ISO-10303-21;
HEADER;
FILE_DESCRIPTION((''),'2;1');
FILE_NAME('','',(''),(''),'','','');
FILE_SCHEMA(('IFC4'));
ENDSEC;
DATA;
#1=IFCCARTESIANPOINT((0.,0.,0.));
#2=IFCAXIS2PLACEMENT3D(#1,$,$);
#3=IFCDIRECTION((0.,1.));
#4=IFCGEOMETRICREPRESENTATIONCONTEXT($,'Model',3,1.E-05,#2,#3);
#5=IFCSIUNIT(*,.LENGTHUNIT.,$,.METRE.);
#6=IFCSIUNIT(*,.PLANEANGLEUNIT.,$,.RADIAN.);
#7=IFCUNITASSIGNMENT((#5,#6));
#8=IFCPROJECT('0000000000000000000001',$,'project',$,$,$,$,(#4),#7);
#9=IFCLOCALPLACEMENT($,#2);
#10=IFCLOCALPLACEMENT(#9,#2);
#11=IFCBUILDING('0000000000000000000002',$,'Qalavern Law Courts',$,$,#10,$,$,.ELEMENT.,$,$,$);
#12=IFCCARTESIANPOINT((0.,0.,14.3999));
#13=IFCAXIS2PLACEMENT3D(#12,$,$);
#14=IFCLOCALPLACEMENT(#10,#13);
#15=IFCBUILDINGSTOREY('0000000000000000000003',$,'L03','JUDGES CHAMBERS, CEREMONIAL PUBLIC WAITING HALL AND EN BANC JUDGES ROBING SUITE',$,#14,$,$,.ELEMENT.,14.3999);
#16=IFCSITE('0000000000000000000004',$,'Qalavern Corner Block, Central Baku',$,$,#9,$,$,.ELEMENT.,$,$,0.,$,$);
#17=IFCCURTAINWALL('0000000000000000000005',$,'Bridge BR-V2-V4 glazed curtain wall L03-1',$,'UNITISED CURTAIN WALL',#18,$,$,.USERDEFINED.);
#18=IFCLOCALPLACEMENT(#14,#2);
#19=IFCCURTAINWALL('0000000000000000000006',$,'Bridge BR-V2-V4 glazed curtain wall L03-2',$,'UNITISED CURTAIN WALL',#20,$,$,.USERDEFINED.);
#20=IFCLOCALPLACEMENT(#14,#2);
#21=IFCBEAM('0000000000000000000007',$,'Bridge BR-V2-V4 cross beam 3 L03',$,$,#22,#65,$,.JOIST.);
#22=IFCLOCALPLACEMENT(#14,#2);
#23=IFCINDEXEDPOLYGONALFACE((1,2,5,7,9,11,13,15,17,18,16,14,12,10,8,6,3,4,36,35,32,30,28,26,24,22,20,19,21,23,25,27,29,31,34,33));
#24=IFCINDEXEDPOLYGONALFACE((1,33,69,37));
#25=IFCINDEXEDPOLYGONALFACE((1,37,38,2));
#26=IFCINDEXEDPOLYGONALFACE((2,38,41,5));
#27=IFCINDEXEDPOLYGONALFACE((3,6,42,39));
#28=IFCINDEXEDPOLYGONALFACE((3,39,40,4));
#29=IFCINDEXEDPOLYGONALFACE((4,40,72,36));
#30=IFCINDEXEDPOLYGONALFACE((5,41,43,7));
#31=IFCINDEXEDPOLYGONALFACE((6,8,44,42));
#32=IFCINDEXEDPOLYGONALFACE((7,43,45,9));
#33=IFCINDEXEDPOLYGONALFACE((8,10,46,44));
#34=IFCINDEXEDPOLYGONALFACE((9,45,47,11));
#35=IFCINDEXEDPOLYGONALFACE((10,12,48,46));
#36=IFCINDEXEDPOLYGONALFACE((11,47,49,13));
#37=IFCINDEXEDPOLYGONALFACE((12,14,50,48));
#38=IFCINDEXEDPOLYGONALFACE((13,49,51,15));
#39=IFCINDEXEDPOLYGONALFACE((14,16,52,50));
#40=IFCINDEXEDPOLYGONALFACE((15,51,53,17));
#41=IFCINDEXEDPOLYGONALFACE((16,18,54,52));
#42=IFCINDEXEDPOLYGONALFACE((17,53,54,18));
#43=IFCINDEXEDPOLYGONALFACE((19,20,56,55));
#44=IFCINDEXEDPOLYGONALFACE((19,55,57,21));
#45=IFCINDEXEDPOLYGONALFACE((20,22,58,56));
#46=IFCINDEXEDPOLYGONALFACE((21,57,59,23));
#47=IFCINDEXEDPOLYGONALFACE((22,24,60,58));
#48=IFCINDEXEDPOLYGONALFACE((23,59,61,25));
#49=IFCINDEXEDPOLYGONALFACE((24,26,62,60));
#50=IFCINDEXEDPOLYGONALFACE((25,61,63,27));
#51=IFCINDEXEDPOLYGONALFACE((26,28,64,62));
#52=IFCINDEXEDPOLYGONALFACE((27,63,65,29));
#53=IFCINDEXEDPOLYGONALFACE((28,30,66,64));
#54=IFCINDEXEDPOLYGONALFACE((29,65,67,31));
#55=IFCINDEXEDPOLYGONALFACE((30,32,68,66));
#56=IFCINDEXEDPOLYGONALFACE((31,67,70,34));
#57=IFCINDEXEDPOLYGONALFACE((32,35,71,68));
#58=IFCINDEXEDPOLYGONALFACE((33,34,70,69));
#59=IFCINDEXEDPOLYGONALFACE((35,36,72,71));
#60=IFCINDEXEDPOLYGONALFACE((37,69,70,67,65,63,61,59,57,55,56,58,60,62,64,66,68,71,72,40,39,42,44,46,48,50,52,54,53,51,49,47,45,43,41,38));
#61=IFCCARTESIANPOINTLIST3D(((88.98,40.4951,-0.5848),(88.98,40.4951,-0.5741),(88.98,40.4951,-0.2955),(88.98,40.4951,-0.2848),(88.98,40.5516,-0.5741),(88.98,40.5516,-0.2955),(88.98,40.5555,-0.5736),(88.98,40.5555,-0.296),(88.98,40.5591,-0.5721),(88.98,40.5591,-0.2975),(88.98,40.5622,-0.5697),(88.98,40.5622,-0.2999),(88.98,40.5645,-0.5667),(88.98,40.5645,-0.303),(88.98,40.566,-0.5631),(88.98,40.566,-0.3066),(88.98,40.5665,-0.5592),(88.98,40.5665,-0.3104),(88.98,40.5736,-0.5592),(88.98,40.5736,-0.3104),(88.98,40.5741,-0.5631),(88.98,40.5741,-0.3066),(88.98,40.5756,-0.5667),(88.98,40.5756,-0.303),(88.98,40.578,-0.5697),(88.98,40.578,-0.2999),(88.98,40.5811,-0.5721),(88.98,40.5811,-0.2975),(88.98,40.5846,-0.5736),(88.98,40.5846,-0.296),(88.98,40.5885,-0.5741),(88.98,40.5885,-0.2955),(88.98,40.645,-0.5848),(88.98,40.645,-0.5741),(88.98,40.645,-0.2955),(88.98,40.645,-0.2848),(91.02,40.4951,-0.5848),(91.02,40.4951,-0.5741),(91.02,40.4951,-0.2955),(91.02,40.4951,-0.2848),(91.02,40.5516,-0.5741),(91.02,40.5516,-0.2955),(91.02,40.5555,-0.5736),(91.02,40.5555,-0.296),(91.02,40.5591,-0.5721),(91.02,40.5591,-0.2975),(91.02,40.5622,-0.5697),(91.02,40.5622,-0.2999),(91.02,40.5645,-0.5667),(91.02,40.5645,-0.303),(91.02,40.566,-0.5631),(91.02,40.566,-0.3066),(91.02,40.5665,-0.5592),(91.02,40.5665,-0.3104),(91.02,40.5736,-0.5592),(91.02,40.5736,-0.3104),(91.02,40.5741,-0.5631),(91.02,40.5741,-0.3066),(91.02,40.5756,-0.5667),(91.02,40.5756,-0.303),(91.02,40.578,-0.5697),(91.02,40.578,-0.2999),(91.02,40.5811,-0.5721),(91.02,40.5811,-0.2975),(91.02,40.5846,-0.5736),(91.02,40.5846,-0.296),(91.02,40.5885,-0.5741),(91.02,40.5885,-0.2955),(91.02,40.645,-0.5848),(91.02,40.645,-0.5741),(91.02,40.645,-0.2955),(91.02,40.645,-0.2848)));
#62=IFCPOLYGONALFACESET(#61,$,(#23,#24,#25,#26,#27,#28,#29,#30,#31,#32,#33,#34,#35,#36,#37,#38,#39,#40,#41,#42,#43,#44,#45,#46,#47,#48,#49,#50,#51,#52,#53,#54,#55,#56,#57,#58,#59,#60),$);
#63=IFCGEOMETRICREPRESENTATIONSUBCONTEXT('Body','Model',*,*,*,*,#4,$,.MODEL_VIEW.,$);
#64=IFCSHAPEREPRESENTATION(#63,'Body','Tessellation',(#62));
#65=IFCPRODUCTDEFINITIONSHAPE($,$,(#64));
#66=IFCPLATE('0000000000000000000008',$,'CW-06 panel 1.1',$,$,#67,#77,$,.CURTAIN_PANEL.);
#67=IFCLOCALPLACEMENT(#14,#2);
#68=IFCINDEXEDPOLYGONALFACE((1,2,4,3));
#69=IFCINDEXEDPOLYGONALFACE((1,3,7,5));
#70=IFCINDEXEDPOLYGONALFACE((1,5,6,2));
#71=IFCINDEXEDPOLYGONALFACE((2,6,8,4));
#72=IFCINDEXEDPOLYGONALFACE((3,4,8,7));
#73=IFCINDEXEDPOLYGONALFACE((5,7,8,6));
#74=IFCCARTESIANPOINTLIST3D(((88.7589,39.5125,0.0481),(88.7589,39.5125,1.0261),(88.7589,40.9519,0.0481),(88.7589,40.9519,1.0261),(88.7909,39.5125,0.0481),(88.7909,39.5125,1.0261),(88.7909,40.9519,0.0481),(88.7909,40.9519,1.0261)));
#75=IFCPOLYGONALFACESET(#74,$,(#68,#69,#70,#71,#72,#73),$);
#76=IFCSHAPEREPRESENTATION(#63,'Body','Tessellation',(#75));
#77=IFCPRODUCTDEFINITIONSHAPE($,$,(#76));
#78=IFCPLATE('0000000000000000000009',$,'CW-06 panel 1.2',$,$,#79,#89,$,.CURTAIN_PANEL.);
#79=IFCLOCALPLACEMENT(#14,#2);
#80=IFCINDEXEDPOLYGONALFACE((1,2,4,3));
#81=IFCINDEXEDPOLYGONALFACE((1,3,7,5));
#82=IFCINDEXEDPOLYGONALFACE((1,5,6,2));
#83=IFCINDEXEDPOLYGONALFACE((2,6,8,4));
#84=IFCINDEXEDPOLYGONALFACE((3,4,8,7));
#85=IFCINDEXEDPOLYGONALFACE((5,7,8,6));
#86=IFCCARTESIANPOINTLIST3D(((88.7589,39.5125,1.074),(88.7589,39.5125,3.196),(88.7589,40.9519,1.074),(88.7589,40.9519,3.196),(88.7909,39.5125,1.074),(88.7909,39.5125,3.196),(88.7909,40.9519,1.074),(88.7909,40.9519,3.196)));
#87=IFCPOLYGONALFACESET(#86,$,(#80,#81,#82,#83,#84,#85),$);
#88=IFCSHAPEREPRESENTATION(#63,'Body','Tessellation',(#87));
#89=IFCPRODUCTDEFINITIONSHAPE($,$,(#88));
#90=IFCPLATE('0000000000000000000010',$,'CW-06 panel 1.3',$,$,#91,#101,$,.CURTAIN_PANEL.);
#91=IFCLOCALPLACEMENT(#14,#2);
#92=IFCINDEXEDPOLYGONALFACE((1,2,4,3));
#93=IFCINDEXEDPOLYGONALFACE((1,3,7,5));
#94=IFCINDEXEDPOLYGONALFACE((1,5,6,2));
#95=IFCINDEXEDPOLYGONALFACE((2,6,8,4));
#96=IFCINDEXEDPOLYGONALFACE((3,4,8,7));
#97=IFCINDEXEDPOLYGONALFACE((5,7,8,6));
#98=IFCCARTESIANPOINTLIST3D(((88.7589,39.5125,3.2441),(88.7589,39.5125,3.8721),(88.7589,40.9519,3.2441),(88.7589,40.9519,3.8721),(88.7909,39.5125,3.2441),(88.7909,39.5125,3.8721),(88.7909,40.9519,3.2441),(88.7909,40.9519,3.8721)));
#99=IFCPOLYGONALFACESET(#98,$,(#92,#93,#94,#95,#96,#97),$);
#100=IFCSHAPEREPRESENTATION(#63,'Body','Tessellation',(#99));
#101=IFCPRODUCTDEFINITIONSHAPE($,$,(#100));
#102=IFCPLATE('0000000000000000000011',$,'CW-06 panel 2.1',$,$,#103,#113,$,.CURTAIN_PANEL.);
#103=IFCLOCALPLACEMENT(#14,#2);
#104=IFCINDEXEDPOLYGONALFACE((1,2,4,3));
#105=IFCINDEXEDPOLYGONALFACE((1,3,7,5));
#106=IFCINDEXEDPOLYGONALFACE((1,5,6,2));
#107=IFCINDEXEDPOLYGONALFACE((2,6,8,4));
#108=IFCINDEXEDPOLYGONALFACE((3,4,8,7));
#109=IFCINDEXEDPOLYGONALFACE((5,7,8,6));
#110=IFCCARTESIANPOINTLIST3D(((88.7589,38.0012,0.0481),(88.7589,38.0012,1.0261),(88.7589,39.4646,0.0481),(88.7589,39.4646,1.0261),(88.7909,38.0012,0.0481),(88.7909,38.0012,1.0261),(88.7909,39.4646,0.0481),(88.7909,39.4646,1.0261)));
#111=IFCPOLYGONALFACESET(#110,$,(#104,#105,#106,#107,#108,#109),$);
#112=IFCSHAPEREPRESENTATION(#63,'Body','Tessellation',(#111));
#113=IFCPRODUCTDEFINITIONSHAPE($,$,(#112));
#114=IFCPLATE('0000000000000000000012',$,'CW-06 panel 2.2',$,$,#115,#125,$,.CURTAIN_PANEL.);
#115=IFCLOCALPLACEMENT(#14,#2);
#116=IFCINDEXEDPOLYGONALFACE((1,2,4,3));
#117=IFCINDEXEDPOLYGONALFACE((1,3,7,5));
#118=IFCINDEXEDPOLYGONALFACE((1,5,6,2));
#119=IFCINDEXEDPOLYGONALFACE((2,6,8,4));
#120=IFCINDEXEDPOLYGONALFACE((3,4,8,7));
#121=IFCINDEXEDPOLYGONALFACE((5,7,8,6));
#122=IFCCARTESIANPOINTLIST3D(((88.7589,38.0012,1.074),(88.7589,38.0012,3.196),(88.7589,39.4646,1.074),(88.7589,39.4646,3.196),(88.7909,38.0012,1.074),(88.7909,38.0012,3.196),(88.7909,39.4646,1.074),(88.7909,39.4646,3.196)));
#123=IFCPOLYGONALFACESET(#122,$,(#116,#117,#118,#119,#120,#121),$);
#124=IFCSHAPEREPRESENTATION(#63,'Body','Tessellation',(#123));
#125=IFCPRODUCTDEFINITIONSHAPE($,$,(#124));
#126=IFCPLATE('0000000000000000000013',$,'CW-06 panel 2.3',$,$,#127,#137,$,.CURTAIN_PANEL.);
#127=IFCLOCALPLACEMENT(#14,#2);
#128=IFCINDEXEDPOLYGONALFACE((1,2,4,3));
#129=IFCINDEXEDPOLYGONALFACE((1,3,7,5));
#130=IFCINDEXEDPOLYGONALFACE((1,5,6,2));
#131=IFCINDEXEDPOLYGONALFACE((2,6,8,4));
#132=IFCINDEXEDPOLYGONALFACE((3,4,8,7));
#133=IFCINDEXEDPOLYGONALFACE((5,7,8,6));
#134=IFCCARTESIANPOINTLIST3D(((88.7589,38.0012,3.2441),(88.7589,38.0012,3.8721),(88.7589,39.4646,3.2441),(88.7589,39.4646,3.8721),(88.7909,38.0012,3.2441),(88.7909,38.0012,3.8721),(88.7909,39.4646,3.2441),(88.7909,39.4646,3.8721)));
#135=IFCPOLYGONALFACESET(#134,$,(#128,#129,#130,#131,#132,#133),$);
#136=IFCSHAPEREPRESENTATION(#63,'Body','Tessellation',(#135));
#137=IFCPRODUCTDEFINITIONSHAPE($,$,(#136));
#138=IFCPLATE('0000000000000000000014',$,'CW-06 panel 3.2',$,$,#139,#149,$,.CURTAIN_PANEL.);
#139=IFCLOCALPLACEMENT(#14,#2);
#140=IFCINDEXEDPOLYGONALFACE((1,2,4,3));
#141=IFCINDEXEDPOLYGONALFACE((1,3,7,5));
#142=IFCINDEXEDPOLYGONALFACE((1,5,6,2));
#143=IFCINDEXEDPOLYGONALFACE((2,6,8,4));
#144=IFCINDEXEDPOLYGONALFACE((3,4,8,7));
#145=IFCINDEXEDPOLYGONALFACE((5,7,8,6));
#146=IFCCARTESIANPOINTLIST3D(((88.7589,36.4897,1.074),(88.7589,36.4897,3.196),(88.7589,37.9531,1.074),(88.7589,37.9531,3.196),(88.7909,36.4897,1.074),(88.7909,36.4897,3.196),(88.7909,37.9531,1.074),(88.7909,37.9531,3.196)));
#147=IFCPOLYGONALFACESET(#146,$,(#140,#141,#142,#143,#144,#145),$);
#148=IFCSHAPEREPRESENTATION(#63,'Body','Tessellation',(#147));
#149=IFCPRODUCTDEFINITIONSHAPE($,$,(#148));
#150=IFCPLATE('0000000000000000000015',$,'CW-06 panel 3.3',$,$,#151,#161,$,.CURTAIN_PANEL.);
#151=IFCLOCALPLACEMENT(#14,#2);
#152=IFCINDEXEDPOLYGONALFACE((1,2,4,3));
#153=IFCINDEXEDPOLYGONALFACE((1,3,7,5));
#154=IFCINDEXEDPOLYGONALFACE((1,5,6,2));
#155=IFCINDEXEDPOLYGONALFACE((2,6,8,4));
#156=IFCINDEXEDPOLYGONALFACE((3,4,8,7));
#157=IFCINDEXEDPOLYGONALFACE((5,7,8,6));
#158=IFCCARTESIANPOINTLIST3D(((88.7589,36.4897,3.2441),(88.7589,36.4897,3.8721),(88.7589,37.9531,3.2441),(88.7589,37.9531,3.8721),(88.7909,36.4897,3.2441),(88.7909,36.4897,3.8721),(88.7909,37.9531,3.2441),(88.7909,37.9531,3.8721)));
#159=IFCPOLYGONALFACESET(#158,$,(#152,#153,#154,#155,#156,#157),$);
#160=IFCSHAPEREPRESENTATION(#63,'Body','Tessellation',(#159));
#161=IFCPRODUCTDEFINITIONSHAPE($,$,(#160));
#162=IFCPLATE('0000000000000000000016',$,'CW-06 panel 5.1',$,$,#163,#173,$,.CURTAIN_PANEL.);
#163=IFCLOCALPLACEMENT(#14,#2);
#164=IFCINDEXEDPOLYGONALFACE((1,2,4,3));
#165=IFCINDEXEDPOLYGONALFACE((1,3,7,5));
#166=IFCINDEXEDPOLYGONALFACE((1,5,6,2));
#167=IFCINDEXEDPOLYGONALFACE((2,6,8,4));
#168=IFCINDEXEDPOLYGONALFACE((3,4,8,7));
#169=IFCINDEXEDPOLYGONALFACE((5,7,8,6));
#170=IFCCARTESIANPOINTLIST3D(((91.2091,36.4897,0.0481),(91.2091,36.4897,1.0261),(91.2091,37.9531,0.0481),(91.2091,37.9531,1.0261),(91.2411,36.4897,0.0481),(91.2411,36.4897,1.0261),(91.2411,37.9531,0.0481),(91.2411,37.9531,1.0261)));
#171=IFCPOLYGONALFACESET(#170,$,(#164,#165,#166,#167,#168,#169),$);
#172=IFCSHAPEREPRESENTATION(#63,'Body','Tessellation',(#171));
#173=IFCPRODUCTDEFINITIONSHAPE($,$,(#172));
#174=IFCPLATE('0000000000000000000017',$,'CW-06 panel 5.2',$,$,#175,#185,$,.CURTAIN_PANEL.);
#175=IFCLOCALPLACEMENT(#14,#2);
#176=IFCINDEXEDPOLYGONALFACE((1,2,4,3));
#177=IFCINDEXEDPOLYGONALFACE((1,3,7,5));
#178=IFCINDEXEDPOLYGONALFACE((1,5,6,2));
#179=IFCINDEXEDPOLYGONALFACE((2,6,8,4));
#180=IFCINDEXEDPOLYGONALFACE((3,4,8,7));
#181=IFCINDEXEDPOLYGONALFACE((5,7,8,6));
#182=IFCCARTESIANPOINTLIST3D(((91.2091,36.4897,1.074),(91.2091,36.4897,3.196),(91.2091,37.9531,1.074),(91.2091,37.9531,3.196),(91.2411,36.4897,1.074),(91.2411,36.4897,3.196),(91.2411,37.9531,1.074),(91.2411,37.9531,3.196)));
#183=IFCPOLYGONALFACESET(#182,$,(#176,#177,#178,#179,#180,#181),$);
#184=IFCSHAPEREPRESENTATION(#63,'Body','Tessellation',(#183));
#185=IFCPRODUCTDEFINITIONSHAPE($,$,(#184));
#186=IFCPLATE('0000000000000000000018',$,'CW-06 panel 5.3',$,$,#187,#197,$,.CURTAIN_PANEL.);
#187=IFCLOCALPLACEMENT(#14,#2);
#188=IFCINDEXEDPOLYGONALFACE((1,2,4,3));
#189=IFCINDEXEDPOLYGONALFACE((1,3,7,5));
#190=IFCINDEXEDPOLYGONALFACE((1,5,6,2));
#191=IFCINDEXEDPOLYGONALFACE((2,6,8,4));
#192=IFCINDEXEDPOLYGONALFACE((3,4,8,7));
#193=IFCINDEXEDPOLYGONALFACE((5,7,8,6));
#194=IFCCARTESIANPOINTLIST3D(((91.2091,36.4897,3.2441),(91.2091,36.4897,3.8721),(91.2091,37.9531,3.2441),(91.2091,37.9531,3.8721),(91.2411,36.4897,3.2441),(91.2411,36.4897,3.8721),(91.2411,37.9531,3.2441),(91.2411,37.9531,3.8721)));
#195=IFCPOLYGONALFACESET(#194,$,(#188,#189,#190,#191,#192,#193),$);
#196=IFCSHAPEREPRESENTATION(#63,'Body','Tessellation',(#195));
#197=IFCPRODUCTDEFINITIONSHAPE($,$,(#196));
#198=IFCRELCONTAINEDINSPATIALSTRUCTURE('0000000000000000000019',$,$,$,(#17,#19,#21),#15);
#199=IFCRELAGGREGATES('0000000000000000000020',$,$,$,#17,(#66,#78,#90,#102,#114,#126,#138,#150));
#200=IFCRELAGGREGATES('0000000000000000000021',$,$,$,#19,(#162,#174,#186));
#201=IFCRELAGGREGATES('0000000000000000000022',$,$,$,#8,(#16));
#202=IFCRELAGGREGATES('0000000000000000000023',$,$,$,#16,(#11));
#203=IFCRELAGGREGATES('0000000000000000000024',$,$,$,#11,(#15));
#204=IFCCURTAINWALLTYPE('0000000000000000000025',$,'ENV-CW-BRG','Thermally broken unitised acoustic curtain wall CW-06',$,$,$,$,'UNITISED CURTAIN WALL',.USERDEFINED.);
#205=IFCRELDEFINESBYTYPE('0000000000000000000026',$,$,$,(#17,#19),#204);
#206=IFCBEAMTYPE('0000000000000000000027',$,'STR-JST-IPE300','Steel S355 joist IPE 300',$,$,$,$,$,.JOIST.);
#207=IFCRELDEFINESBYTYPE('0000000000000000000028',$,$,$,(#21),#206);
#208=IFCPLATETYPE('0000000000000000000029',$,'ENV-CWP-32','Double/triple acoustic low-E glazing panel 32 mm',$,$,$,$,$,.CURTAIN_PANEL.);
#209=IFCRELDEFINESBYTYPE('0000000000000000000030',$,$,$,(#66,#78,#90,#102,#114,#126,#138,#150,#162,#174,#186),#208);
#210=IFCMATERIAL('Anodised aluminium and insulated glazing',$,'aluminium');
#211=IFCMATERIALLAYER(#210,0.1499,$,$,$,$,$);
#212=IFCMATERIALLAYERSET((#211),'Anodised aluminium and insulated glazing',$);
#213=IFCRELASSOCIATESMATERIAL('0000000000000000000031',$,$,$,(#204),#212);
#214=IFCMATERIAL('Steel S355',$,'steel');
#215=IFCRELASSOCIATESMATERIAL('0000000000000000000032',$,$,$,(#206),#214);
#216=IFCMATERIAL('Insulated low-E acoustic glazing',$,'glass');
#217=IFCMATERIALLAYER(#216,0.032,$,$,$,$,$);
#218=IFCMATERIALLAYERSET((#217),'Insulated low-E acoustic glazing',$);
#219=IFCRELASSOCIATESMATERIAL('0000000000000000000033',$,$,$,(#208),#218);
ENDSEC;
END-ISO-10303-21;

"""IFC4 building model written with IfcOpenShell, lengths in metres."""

from ifc_helpers import new_model, si_unit, direction, frame, origin, origin_2d, place, context, subcontext, project, spatial, rectangle, i_section, extrude, material, layer, layer_set, material_profile, profile_set, type_object, element, aggregate, save


model = new_model("IFC4")

# Units and contexts
model_context = context("Model", 3, precision=1e-05, world=origin(), true_north=direction((0.0, 1.0)))
body_context = subcontext(model_context, "Body", "Model", "MODEL_VIEW")
ifc_project = project(units=[si_unit("LENGTHUNIT", "METRE"), si_unit("PLANEANGLEUNIT", "RADIAN")], contexts=[model_context])

# Site, building, storey
site_placement = place(None, origin())
site = spatial("IfcSite", under=ifc_project, at=site_placement, Name="Qalavern Corner Block, Central Baku", CompositionType="ELEMENT", RefElevation=0.0)
building_placement = place(site_placement, origin())
building = spatial("IfcBuilding", under=site, at=building_placement, Name="Qalavern Law Courts", CompositionType="ELEMENT")
storey_placement = place(building_placement, frame((0.0, 0.0, 14.3999)))
storey = spatial("IfcBuildingStorey", under=building, at=storey_placement, Name="L03", Description="JUDGES CHAMBERS, CEREMONIAL PUBLIC WAITING HALL AND EN BANC JUDGES ROBING SUITE", CompositionType="ELEMENT", Elevation=14.3999)

# Curtain walls
ifc_material_1 = material(Name="Anodised aluminium and insulated glazing", Category="aluminium")
ifc_layer_1 = layer(ifc_material_1, 0.1499)
ifc_layer_set_1 = layer_set([ifc_layer_1], Name="Anodised aluminium and insulated glazing")
curtain_wall_type = type_object("IfcCurtainWallType", Name="ENV-CW-BRG", Description="Thermally broken unitised acoustic curtain wall CW-06", ElementType="UNITISED CURTAIN WALL", PredefinedType="USERDEFINED", material=ifc_layer_set_1)
curtain_wall_1_placement = place(storey_placement, origin())
curtain_wall_1 = element("IfcCurtainWall", 1, at=curtain_wall_1_placement, inside=storey, type_object=curtain_wall_type, Name="Bridge BR-V2-V4 glazed curtain wall L03-1", ObjectType="UNITISED CURTAIN WALL", PredefinedType="USERDEFINED")
curtain_wall_2_placement = place(storey_placement, origin())
curtain_wall_2 = element("IfcCurtainWall", 2, at=curtain_wall_2_placement, inside=storey, type_object=curtain_wall_type, Name="Bridge BR-V2-V4 glazed curtain wall L03-2", ObjectType="UNITISED CURTAIN WALL", PredefinedType="USERDEFINED")

# Beam
ifc_material_2 = material(Name="Steel S355", Category="steel")
ifc_material_profile_1 = material_profile(ifc_material_2, i_section(OverallWidth=0.1499, OverallDepth=0.3, WebThickness=0.0071, FlangeThickness=0.0107, FilletRadius=0.0149, at=origin_2d()), Name="IPE 300")
ifc_profile_set_1 = profile_set([ifc_material_profile_1], Name="Steel S355")
beam_type = type_object("IfcBeamType", Name="STR-JST-IPE300", Description="Steel S355 joist IPE 300", PredefinedType="JOIST", material=ifc_profile_set_1)
beam_placement = place(storey_placement, frame((88.98, 40.5701, -0.4348), z_axis=(1.0, 0.0, 0.0), x_axis=(0.0, 1.0, 0.0)))
element("IfcBeam", 3, at=beam_placement, inside=storey, type_object=beam_type, Name="Bridge BR-V2-V4 cross beam 3 L03", PredefinedType="JOIST", context=body_context, shape_type="SweptSolid", body=[
    extrude(i_section(OverallWidth=0.1499, OverallDepth=0.3, WebThickness=0.0071, FlangeThickness=0.0107, FilletRadius=0.0149, at=origin_2d()), origin(), (0.0, 0.0, 1.0), 2.04),
])

# Plates
ifc_material_3 = material(Name="Insulated low-E acoustic glazing", Category="glass")
ifc_layer_2 = layer(ifc_material_3, 0.032)
ifc_layer_set_2 = layer_set([ifc_layer_2], Name="Insulated low-E acoustic glazing")
plate_type = type_object("IfcPlateType", Name="ENV-CWP-32", Description="Double/triple acoustic low-E glazing panel 32 mm", PredefinedType="CURTAIN_PANEL", material=ifc_layer_set_2)
plate_1_placement = place(storey_placement, frame((88.7749, 40.2322, 0.0481), z_axis=(0.0, 0.0, 1.0), x_axis=(0.0, -1.0, 0.0)))
plate_1 = element("IfcPlate", 4, at=plate_1_placement, type_object=plate_type, Name="CW-06 panel 1.1", PredefinedType="CURTAIN_PANEL", context=body_context, shape_type="SweptSolid", body=[
    extrude(rectangle(XDim=1.4395, YDim=0.032, at=origin_2d()), origin(), (0.0, 0.0, 1.0), 0.978),
])
plate_2_placement = place(storey_placement, frame((88.7749, 40.2322, 1.074), z_axis=(0.0, 0.0, 1.0), x_axis=(0.0, -1.0, 0.0)))
plate_2 = element("IfcPlate", 5, at=plate_2_placement, type_object=plate_type, Name="CW-06 panel 1.2", PredefinedType="CURTAIN_PANEL", context=body_context, shape_type="SweptSolid", body=[
    extrude(rectangle(XDim=1.4395, YDim=0.032, at=origin_2d()), origin(), (0.0, 0.0, 1.0), 2.1221),
])
plate_3_placement = place(storey_placement, frame((88.7749, 40.2322, 3.2441), z_axis=(0.0, 0.0, 1.0), x_axis=(0.0, -1.0, 0.0)))
plate_3 = element("IfcPlate", 6, at=plate_3_placement, type_object=plate_type, Name="CW-06 panel 1.3", PredefinedType="CURTAIN_PANEL", context=body_context, shape_type="SweptSolid", body=[
    extrude(rectangle(XDim=1.4395, YDim=0.032, at=origin_2d()), origin(), (0.0, 0.0, 1.0), 0.6279),
])
plate_4_placement = place(storey_placement, frame((88.7749, 38.7329, 0.0481), z_axis=(0.0, 0.0, 1.0), x_axis=(0.0, -1.0, 0.0)))
plate_4 = element("IfcPlate", 7, at=plate_4_placement, type_object=plate_type, Name="CW-06 panel 2.1", PredefinedType="CURTAIN_PANEL", context=body_context, shape_type="SweptSolid", body=[
    extrude(rectangle(XDim=1.4634, YDim=0.032, at=origin_2d()), origin(), (0.0, 0.0, 1.0), 0.978),
])
plate_5_placement = place(storey_placement, frame((88.7749, 38.7329, 1.074), z_axis=(0.0, 0.0, 1.0), x_axis=(0.0, -1.0, 0.0)))
plate_5 = element("IfcPlate", 8, at=plate_5_placement, type_object=plate_type, Name="CW-06 panel 2.2", PredefinedType="CURTAIN_PANEL", context=body_context, shape_type="SweptSolid", body=[
    extrude(rectangle(XDim=1.4634, YDim=0.032, at=origin_2d()), origin(), (0.0, 0.0, 1.0), 2.1221),
])
plate_6_placement = place(storey_placement, frame((88.7749, 38.7329, 3.2441), z_axis=(0.0, 0.0, 1.0), x_axis=(0.0, -1.0, 0.0)))
plate_6 = element("IfcPlate", 9, at=plate_6_placement, type_object=plate_type, Name="CW-06 panel 2.3", PredefinedType="CURTAIN_PANEL", context=body_context, shape_type="SweptSolid", body=[
    extrude(rectangle(XDim=1.4634, YDim=0.032, at=origin_2d()), origin(), (0.0, 0.0, 1.0), 0.6279),
])
plate_7_placement = place(storey_placement, frame((88.7749, 37.2214, 1.074), z_axis=(0.0, 0.0, 1.0), x_axis=(0.0, -1.0, 0.0)))
plate_7 = element("IfcPlate", 10, at=plate_7_placement, type_object=plate_type, Name="CW-06 panel 3.2", PredefinedType="CURTAIN_PANEL", context=body_context, shape_type="SweptSolid", body=[
    extrude(rectangle(XDim=1.4634, YDim=0.032, at=origin_2d()), origin(), (0.0, 0.0, 1.0), 2.1221),
])
plate_8_placement = place(storey_placement, frame((88.7749, 37.2214, 3.2441), z_axis=(0.0, 0.0, 1.0), x_axis=(0.0, -1.0, 0.0)))
plate_8 = element("IfcPlate", 11, at=plate_8_placement, type_object=plate_type, Name="CW-06 panel 3.3", PredefinedType="CURTAIN_PANEL", context=body_context, shape_type="SweptSolid", body=[
    extrude(rectangle(XDim=1.4634, YDim=0.032, at=origin_2d()), origin(), (0.0, 0.0, 1.0), 0.6279),
])
aggregate(curtain_wall_1, [plate_1, plate_2, plate_3, plate_4, plate_5, plate_6, plate_7, plate_8])
plate_9_placement = place(storey_placement, frame((91.2251, 37.2214, 0.0481), z_axis=(0.0, 0.0, 1.0), x_axis=(0.0, 1.0, 0.0)))
plate_9 = element("IfcPlate", 12, at=plate_9_placement, type_object=plate_type, Name="CW-06 panel 5.1", PredefinedType="CURTAIN_PANEL", context=body_context, shape_type="SweptSolid", body=[
    extrude(rectangle(XDim=1.4634, YDim=0.032, at=origin_2d()), origin(), (0.0, 0.0, 1.0), 0.978),
])
plate_10_placement = place(storey_placement, frame((91.2251, 37.2214, 1.074), z_axis=(0.0, 0.0, 1.0), x_axis=(0.0, 1.0, 0.0)))
plate_10 = element("IfcPlate", 13, at=plate_10_placement, type_object=plate_type, Name="CW-06 panel 5.2", PredefinedType="CURTAIN_PANEL", context=body_context, shape_type="SweptSolid", body=[
    extrude(rectangle(XDim=1.4634, YDim=0.032, at=origin_2d()), origin(), (0.0, 0.0, 1.0), 2.1221),
])
plate_11_placement = place(storey_placement, frame((91.2251, 37.2214, 3.2441), z_axis=(0.0, 0.0, 1.0), x_axis=(0.0, 1.0, 0.0)))
plate_11 = element("IfcPlate", 14, at=plate_11_placement, type_object=plate_type, Name="CW-06 panel 5.3", PredefinedType="CURTAIN_PANEL", context=body_context, shape_type="SweptSolid", body=[
    extrude(rectangle(XDim=1.4634, YDim=0.032, at=origin_2d()), origin(), (0.0, 0.0, 1.0), 0.6279),
])
aggregate(curtain_wall_2, [plate_9, plate_10, plate_11])

save(model, "model.ifc")
